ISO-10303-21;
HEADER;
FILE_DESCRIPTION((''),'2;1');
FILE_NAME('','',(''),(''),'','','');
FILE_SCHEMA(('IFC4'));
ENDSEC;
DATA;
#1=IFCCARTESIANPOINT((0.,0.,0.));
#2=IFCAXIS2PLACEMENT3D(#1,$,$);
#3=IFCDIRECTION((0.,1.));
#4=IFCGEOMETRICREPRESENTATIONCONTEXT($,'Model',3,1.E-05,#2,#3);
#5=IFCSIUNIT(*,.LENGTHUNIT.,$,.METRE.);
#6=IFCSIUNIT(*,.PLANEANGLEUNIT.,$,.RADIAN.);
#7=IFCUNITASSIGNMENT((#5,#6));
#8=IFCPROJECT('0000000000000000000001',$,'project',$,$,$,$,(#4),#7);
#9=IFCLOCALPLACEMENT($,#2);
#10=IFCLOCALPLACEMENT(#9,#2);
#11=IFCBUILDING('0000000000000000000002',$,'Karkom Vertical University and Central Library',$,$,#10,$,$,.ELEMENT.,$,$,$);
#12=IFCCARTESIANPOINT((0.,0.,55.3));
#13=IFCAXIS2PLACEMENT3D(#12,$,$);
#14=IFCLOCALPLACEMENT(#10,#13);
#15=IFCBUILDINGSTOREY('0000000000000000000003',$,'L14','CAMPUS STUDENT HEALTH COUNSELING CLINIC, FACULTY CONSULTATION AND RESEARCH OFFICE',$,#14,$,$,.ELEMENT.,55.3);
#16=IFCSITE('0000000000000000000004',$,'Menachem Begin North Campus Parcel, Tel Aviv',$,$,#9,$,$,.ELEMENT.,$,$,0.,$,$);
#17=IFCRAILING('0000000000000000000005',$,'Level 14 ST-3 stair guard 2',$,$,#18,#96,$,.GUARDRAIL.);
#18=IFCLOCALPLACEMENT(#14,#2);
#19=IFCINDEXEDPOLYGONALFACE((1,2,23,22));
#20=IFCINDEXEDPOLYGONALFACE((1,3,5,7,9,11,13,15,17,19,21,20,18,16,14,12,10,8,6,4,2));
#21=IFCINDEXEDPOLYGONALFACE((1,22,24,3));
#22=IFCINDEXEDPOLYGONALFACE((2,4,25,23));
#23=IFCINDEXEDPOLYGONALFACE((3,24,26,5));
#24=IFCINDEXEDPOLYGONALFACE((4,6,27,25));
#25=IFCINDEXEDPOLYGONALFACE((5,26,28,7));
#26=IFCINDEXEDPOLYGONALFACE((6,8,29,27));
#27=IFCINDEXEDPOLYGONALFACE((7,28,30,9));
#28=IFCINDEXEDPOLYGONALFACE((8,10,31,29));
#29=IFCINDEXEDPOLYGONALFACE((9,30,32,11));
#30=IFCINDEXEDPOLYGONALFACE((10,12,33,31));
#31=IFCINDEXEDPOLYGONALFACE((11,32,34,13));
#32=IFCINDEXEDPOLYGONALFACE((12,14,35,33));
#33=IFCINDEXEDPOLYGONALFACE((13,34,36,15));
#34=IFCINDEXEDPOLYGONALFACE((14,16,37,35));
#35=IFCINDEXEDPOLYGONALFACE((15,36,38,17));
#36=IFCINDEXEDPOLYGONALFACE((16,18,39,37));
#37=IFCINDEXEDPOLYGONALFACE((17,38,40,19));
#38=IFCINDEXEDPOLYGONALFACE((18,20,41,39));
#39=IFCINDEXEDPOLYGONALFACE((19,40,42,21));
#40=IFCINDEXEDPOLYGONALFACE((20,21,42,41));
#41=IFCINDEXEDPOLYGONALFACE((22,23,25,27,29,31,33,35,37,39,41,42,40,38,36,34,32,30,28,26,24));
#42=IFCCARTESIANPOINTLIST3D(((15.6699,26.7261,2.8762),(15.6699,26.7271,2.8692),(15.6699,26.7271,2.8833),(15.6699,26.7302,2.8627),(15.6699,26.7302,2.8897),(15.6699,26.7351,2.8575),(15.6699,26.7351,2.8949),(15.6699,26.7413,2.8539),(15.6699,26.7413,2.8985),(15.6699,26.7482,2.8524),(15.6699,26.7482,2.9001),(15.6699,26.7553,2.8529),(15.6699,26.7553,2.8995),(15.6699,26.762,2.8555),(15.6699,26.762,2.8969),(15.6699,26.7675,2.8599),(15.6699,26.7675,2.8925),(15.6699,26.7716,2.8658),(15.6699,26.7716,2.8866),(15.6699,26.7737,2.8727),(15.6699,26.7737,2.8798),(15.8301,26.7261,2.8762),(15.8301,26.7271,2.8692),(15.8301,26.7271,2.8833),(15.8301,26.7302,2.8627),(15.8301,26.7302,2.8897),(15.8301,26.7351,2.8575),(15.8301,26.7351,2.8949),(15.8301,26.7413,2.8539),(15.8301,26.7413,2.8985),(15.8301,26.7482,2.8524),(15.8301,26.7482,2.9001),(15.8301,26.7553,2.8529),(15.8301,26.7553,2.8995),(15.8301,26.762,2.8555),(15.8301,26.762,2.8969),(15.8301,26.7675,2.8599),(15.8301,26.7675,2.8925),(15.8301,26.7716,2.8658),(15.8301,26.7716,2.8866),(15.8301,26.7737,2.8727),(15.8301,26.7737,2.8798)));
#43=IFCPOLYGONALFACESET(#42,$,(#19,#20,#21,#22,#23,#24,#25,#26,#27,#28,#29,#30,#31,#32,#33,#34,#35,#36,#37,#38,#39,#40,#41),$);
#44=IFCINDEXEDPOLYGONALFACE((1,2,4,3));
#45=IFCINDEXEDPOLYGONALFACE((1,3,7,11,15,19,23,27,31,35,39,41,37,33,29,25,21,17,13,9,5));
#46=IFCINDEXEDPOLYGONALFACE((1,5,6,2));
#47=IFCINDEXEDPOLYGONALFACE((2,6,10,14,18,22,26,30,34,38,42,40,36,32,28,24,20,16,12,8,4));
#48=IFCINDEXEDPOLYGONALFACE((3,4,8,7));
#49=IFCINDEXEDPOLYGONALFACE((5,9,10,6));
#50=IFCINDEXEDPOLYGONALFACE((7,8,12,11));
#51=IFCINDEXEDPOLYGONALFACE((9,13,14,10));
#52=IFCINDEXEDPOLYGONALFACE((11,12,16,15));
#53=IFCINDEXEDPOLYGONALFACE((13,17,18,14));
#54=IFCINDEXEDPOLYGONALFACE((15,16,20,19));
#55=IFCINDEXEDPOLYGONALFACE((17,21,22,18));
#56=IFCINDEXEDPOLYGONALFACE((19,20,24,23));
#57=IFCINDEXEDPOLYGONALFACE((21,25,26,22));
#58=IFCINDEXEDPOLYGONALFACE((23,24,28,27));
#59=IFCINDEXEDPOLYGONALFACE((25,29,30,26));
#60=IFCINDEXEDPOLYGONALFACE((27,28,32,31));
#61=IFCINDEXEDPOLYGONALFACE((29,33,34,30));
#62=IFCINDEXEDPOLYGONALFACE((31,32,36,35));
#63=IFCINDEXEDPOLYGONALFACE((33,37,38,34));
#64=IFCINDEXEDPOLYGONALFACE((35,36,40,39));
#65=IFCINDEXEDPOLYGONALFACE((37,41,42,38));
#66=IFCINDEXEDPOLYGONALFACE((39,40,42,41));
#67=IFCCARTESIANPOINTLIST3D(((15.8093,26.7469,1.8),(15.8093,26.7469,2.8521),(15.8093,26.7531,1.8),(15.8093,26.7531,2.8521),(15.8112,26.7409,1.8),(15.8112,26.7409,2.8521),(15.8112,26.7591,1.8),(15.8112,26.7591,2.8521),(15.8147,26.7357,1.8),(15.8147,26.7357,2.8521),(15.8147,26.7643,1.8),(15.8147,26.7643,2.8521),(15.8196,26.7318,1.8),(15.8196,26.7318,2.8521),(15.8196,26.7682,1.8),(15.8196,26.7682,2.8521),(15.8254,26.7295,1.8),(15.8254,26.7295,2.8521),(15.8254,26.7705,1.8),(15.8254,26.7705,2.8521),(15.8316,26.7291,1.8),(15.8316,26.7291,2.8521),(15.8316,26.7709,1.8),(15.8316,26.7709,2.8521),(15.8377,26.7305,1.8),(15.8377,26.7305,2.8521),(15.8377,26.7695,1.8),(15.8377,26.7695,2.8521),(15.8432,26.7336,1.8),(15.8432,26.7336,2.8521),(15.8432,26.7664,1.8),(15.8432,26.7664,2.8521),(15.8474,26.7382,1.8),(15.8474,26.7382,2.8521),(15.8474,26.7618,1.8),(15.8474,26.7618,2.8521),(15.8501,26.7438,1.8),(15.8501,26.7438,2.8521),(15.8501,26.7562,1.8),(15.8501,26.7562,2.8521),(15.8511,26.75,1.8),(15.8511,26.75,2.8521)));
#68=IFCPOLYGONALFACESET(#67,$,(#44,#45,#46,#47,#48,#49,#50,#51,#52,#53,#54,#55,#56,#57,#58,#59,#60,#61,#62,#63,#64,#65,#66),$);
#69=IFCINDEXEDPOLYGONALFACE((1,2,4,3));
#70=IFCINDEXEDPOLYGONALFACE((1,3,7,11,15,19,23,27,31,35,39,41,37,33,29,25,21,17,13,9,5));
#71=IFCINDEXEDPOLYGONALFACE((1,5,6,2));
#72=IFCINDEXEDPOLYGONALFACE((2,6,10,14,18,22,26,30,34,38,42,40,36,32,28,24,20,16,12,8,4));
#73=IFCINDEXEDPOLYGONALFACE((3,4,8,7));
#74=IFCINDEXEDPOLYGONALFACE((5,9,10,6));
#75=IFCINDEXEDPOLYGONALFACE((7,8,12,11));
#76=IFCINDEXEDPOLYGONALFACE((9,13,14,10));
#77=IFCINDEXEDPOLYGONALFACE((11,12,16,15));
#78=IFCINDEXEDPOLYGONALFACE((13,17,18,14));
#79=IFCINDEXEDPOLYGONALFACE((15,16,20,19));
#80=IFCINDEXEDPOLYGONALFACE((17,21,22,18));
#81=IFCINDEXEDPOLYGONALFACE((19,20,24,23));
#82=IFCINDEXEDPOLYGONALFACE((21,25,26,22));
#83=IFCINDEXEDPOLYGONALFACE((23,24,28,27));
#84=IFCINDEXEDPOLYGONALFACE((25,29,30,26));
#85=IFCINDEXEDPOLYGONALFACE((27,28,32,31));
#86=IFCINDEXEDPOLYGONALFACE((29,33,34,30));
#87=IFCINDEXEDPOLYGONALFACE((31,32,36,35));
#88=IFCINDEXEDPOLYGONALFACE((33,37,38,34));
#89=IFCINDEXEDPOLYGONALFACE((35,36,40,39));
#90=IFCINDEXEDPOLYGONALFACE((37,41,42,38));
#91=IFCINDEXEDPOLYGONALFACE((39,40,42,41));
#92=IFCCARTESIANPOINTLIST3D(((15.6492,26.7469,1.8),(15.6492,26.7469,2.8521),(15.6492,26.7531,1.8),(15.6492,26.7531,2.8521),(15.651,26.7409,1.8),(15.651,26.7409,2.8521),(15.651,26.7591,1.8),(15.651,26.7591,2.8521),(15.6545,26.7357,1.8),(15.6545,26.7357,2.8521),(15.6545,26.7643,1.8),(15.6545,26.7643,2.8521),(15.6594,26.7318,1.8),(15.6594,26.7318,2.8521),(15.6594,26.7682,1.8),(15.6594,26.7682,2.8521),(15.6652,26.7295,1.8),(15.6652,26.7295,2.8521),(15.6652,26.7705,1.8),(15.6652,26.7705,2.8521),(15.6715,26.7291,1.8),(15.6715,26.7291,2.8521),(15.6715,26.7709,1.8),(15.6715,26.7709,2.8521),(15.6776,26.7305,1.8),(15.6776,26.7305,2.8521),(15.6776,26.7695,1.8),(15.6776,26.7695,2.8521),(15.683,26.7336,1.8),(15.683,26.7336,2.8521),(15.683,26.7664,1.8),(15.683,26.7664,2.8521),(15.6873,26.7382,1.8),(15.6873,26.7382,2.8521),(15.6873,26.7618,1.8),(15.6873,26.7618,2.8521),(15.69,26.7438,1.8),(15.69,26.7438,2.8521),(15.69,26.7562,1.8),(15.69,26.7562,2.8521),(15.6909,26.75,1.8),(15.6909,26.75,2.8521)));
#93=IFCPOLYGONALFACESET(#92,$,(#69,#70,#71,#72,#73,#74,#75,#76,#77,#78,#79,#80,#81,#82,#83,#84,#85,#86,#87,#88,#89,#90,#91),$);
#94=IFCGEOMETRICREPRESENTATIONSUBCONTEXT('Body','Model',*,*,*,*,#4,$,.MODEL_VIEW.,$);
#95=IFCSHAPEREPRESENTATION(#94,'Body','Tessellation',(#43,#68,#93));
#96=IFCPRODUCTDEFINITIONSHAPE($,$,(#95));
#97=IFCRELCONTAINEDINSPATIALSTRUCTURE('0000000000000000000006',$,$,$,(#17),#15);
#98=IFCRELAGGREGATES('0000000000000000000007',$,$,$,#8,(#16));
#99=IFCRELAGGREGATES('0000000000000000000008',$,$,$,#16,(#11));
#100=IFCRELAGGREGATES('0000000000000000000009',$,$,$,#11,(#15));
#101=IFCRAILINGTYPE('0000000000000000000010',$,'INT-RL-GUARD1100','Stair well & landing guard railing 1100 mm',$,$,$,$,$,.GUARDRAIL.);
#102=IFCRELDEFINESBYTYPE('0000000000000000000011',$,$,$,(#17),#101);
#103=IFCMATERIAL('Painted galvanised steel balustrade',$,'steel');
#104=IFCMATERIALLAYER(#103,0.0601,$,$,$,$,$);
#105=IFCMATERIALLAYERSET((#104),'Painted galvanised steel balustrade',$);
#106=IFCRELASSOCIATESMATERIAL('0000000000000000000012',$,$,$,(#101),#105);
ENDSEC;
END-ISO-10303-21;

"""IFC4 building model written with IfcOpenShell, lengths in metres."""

from ifc_helpers import new_model, si_unit, direction, frame, origin, origin_2d, place, context, subcontext, project, spatial, circle, extrude, material, layer, layer_set, type_object, element, save


model = new_model("IFC4")

# Units and contexts
model_context = context("Model", 3, precision=1e-05, world=origin(), true_north=direction((0.0, 1.0)))
body_context = subcontext(model_context, "Body", "Model", "MODEL_VIEW")
ifc_project = project(units=[si_unit("LENGTHUNIT", "METRE"), si_unit("PLANEANGLEUNIT", "RADIAN")], contexts=[model_context])

# Site, building, storey
site_placement = place(None, origin())
site = spatial("IfcSite", under=ifc_project, at=site_placement, Name="Menachem Begin North Campus Parcel, Tel Aviv", CompositionType="ELEMENT", RefElevation=0.0)
building_placement = place(site_placement, origin())
building = spatial("IfcBuilding", under=site, at=building_placement, Name="Karkom Vertical University and Central Library", CompositionType="ELEMENT")
storey_placement = place(building_placement, frame((0.0, 0.0, 55.3)))
storey = spatial("IfcBuildingStorey", under=building, at=storey_placement, Name="L14", Description="CAMPUS STUDENT HEALTH COUNSELING CLINIC, FACULTY CONSULTATION AND RESEARCH OFFICE", CompositionType="ELEMENT", Elevation=55.3)

# Railing
ifc_material_1 = material(Name="Painted galvanised steel balustrade", Category="steel")
ifc_layer_1 = layer(ifc_material_1, 0.0601)
ifc_layer_set_1 = layer_set([ifc_layer_1], Name="Painted galvanised steel balustrade")
railing_type_1 = type_object("IfcRailingType", Name="INT-RL-GUARD1100", Description="Stair well & landing guard railing 1100 mm", PredefinedType="GUARDRAIL", material=ifc_layer_set_1)
railing_1_placement = place(storey_placement, frame((15.8301, 26.75, 1.8)))
element("IfcRailing", 1, at=railing_1_placement, inside=storey, type_object=railing_type_1, Name="Level 14 ST-3 stair guard 2", PredefinedType="GUARDRAIL", context=body_context, shape_type="SweptSolid", body=[
    extrude(circle(Radius=0.0239, at=origin_2d()), frame((0.0, 0.0, 1.0762), z_axis=(-1.0, 0.0, 0.0), x_axis=(0.0, -1.0, 0.0)), (0.0, 0.0, 1.0), 0.1602),
    extrude(circle(Radius=0.021, at=origin_2d()), origin(), (0.0, 0.0, 1.0), 1.052),
    extrude(circle(Radius=0.021, at=origin_2d()), frame((-0.1602, 0.0, 0.0)), (0.0, 0.0, 1.0), 1.052),
])

save(model, "model.ifc")
